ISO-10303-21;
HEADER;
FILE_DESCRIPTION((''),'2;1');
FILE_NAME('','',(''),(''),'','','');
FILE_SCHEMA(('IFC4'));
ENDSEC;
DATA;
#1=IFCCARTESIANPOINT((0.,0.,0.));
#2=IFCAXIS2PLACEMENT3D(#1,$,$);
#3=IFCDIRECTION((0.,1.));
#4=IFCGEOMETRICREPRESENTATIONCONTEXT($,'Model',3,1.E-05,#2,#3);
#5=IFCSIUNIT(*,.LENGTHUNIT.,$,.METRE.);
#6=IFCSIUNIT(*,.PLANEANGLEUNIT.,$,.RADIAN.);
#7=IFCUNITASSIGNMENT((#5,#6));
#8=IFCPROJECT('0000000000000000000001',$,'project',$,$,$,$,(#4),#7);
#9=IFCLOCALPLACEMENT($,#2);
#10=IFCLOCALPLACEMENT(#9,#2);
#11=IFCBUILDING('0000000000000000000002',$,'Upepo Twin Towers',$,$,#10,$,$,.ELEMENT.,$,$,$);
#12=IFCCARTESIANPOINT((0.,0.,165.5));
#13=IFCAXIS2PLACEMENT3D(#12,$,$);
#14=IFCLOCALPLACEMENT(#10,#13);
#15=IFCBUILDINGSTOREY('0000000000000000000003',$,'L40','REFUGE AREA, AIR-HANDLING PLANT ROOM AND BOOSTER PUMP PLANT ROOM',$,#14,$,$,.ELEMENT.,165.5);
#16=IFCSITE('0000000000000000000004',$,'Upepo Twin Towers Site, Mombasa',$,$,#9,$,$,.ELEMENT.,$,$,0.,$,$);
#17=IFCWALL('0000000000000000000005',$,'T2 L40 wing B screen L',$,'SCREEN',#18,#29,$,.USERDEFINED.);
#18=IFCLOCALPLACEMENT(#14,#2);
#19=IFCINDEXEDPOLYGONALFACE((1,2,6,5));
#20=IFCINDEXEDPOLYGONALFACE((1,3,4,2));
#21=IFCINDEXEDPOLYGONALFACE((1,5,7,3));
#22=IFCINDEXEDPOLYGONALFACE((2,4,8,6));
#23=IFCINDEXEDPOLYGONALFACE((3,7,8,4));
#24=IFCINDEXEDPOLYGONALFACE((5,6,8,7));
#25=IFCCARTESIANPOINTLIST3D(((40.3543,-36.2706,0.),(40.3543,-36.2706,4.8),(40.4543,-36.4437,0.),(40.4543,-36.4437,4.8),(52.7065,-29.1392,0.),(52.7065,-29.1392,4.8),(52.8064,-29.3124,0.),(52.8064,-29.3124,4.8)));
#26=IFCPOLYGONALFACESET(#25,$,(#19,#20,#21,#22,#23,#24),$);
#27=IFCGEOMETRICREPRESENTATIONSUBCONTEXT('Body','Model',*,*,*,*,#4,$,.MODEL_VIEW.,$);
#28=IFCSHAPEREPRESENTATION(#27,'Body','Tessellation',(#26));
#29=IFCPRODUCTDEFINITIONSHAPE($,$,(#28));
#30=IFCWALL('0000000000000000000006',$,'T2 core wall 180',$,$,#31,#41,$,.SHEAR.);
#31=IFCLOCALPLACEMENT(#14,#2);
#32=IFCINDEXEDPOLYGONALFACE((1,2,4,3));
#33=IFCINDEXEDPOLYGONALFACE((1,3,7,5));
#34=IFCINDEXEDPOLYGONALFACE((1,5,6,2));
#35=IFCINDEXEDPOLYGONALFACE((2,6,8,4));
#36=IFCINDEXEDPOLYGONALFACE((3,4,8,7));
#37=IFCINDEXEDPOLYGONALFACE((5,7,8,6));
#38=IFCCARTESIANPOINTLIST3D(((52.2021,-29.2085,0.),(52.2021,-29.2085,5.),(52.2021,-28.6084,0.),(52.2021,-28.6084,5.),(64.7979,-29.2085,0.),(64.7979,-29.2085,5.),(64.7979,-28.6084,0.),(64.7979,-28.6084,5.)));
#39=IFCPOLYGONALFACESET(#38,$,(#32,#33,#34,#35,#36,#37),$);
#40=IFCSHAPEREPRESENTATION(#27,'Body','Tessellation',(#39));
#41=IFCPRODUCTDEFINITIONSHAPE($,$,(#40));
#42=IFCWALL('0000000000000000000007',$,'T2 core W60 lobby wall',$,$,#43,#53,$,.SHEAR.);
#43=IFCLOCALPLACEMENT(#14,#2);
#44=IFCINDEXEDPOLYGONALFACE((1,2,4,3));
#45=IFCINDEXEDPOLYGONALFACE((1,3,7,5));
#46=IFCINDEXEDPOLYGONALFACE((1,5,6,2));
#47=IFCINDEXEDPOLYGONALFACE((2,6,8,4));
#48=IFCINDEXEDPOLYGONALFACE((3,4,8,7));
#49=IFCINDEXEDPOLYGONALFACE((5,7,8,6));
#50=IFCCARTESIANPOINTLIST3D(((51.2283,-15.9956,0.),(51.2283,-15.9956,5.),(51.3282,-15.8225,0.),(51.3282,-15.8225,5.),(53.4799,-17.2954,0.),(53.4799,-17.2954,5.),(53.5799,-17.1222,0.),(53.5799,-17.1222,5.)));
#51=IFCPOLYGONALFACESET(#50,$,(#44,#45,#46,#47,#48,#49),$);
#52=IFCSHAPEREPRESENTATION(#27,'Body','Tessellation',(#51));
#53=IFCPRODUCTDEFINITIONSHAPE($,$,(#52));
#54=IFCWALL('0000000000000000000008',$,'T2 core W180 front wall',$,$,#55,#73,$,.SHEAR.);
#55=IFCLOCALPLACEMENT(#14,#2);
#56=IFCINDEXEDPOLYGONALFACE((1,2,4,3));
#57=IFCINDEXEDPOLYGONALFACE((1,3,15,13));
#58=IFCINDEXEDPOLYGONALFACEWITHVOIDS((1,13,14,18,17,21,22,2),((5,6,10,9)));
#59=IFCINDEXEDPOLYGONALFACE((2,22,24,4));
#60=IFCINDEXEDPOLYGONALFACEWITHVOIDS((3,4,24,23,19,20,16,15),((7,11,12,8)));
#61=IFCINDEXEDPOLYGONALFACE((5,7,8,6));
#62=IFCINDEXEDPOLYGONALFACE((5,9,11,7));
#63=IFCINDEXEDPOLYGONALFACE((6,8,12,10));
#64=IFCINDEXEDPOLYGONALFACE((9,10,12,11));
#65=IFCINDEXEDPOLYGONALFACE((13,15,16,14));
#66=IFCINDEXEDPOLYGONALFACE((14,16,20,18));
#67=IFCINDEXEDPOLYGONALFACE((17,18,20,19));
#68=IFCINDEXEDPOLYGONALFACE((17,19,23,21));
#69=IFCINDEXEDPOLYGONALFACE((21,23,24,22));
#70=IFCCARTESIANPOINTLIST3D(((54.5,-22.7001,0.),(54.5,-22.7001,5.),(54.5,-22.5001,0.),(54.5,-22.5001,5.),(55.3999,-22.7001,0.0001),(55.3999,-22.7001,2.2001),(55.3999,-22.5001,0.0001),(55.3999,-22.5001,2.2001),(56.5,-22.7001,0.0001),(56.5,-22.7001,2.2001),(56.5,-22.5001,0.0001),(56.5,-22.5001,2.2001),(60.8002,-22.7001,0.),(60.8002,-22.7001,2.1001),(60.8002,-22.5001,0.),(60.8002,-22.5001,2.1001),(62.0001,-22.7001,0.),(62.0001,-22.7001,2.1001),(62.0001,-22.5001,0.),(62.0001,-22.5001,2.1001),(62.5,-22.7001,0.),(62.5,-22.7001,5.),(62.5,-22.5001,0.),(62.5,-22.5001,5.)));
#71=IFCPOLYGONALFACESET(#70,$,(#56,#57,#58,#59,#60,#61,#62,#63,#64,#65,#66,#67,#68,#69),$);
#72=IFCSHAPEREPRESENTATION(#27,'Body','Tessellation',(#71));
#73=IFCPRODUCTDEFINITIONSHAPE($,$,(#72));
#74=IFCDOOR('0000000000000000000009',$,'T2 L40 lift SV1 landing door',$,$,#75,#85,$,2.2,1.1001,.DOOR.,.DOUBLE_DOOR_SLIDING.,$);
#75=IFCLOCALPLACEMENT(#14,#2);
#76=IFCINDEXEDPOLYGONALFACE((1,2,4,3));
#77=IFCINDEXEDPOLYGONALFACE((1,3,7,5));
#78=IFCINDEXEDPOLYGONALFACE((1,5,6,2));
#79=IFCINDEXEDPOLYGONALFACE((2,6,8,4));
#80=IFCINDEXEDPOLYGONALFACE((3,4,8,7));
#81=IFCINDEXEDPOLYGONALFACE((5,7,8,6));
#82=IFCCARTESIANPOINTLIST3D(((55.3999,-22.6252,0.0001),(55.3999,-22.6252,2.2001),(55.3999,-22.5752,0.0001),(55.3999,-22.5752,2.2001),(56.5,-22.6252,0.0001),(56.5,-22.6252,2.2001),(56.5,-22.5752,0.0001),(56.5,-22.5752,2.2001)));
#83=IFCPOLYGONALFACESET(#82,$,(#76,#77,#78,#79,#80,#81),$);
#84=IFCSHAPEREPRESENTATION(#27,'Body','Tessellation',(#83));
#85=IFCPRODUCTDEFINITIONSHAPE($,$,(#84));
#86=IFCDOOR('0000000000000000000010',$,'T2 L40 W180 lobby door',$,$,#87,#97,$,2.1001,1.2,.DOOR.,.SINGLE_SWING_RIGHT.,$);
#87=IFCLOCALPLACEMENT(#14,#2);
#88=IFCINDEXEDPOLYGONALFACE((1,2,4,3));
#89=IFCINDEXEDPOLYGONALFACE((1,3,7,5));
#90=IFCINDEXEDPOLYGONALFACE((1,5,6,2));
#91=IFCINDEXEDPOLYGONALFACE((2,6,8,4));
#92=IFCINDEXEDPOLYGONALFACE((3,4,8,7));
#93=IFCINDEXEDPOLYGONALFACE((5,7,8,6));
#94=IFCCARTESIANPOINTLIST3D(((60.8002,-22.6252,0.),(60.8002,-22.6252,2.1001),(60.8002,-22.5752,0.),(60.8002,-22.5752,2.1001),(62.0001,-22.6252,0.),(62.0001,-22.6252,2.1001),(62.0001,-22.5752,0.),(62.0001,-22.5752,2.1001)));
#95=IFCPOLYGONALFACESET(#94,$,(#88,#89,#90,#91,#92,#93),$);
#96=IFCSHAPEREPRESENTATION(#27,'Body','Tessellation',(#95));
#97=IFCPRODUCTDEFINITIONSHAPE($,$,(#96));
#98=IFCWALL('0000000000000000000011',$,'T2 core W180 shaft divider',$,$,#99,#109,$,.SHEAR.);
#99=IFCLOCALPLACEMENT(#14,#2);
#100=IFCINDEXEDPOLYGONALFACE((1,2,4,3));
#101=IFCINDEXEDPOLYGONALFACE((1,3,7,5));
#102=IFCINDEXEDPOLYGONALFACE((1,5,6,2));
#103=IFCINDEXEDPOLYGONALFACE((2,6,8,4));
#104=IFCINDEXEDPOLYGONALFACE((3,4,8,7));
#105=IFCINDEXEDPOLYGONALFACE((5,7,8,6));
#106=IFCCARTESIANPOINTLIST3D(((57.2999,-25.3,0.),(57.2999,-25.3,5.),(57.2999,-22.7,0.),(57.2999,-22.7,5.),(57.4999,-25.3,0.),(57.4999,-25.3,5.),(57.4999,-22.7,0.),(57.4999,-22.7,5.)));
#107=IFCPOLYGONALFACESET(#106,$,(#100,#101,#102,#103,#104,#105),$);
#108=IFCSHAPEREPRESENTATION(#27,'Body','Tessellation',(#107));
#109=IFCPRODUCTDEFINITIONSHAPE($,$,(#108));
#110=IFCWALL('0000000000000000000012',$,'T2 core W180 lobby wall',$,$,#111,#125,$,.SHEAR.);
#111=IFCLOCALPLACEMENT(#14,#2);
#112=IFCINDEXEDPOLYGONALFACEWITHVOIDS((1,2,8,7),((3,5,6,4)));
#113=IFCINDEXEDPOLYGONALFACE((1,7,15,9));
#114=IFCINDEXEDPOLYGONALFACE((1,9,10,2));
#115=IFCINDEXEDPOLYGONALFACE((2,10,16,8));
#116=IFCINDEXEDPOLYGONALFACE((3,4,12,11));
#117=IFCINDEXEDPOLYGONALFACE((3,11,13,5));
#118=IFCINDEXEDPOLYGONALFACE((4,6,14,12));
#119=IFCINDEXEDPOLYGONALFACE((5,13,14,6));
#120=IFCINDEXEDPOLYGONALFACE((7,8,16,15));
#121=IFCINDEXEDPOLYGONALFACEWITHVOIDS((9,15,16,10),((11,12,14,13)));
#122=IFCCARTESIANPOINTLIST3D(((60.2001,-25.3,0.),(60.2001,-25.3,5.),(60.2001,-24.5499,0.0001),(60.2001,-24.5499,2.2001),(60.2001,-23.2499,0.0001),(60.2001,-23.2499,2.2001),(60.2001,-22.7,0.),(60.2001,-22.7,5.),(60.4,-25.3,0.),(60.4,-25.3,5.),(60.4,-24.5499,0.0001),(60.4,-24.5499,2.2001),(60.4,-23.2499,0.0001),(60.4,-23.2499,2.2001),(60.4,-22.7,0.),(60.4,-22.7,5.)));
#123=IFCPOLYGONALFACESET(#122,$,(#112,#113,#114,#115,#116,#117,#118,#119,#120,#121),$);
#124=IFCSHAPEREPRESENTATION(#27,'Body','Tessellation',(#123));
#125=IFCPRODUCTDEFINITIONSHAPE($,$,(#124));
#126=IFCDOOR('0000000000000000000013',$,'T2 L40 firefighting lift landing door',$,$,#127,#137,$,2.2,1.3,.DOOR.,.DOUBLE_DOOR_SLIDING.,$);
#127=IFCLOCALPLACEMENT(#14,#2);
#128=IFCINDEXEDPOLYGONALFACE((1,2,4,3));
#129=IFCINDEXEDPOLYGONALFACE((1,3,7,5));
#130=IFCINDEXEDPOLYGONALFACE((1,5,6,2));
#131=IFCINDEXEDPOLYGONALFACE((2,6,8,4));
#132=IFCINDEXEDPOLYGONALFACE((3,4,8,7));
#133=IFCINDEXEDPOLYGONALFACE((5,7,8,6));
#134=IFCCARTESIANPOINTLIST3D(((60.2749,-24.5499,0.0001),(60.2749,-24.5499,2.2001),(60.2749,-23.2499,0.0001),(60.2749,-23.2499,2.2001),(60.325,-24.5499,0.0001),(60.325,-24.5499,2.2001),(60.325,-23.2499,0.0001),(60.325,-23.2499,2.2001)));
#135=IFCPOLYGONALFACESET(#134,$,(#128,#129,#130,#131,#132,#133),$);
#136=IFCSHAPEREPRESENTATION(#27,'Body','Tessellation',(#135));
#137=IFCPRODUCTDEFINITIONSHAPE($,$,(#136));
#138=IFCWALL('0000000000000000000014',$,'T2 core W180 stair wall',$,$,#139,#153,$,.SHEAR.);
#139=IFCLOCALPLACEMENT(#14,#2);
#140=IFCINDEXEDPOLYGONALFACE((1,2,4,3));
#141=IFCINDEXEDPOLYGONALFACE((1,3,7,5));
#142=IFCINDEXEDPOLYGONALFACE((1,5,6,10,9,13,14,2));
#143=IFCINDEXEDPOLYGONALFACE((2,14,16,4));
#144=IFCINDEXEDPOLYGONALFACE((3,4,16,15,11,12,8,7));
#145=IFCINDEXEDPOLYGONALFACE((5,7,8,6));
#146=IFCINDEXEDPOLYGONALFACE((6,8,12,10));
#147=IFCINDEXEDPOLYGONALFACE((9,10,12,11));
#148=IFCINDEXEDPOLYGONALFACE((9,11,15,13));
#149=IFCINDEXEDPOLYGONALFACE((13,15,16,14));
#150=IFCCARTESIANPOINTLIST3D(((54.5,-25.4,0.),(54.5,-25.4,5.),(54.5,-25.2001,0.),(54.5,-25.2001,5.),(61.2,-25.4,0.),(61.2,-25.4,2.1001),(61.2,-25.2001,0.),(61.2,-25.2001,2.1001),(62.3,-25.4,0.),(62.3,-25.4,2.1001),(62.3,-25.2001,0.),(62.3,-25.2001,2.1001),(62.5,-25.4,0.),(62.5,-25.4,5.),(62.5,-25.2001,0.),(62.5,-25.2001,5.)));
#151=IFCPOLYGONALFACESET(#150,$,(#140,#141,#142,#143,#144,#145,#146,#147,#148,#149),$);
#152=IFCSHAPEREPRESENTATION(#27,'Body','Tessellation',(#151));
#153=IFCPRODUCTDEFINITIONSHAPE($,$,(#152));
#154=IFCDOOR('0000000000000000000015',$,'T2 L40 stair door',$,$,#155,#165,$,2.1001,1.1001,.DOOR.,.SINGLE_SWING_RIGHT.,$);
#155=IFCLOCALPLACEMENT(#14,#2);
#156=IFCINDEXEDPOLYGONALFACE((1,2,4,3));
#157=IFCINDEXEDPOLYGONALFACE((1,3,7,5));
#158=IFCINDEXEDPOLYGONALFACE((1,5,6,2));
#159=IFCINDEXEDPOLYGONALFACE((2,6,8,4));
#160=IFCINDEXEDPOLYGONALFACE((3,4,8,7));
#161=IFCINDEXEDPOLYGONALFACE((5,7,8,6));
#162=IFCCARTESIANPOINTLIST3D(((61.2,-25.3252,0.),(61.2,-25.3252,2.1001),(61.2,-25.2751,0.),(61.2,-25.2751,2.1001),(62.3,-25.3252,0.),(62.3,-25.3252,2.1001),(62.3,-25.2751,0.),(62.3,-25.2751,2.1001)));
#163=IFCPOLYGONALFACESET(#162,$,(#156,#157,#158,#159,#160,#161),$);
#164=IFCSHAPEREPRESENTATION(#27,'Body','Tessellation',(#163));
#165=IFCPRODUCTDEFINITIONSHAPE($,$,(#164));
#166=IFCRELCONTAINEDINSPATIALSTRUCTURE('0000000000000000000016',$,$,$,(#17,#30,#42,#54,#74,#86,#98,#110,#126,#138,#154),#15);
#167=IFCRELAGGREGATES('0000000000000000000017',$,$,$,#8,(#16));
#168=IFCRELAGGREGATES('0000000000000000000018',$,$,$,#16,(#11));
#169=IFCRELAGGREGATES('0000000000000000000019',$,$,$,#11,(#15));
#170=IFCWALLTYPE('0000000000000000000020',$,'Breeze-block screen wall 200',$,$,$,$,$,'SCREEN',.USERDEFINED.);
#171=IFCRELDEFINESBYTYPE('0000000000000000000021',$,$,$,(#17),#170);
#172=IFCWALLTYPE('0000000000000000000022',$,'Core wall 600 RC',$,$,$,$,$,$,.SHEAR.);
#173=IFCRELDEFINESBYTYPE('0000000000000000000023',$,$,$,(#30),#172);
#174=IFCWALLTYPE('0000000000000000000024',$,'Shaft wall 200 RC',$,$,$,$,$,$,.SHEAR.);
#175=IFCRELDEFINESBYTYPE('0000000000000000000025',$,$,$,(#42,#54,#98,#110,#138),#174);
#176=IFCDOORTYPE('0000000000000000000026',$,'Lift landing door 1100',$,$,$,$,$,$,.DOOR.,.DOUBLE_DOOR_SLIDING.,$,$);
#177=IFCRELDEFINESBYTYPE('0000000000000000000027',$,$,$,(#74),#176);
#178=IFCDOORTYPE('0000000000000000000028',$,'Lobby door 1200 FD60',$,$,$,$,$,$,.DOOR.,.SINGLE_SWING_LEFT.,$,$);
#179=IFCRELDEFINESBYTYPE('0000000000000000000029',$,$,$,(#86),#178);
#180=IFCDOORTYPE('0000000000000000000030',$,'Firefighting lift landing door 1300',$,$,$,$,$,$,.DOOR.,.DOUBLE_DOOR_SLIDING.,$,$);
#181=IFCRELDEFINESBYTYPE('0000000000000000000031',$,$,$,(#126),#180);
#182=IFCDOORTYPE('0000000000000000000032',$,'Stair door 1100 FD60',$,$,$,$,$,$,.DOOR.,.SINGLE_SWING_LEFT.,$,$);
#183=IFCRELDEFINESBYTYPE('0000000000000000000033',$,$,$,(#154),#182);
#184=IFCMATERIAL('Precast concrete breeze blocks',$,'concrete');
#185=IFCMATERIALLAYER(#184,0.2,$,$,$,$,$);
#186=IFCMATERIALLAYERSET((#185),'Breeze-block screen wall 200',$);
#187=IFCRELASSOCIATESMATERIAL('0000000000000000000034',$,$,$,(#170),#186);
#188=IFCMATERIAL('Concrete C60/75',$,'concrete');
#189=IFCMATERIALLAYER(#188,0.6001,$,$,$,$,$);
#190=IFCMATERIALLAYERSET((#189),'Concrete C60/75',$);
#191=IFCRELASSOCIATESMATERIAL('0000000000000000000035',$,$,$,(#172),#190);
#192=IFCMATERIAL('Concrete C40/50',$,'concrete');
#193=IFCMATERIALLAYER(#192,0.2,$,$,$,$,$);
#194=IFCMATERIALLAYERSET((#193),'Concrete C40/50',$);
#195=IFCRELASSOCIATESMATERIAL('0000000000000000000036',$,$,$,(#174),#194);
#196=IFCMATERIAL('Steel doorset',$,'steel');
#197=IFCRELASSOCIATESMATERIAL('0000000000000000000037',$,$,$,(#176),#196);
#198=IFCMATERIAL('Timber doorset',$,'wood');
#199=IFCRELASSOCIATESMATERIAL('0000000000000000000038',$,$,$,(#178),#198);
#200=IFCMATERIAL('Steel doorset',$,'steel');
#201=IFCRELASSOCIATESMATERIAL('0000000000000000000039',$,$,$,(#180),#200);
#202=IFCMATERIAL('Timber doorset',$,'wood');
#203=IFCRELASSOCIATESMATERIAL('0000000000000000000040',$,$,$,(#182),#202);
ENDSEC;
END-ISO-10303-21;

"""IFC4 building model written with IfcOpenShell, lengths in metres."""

from ifc_helpers import new_model, si_unit, direction, frame, frame_2d, origin, place, context, subcontext, project, spatial, rectangle, extrude, material, layer, layer_set, type_object, element, fill, save


model = new_model("IFC4")

# Units and contexts
model_context = context("Model", 3, precision=1e-05, world=origin(), true_north=direction((0.0, 1.0)))
body_context = subcontext(model_context, "Body", "Model", "MODEL_VIEW")
ifc_project = project(units=[si_unit("LENGTHUNIT", "METRE"), si_unit("PLANEANGLEUNIT", "RADIAN")], contexts=[model_context])

# Site, building, storey
site_placement = place(None, origin())
site = spatial("IfcSite", under=ifc_project, at=site_placement, Name="Upepo Twin Towers Site, Mombasa", CompositionType="ELEMENT", RefElevation=0.0)
building_placement = place(site_placement, origin())
building = spatial("IfcBuilding", under=site, at=building_placement, Name="Upepo Twin Towers", CompositionType="ELEMENT")
storey_placement = place(building_placement, frame((0.0, 0.0, 165.5)))
storey = spatial("IfcBuildingStorey", under=building, at=storey_placement, Name="L40", Description="REFUGE AREA, AIR-HANDLING PLANT ROOM AND BOOSTER PUMP PLANT ROOM", CompositionType="ELEMENT", Elevation=165.5)

# Walls
ifc_material_1 = material(Name="Precast concrete breeze blocks", Category="concrete")
ifc_layer_1 = layer(ifc_material_1, 0.2)
ifc_layer_set_1 = layer_set([ifc_layer_1], Name="Breeze-block screen wall 200")
wall_type_1 = type_object("IfcWallType", Name="Breeze-block screen wall 200", ElementType="SCREEN", PredefinedType="USERDEFINED", material=ifc_layer_set_1)
wall_1_placement = place(storey_placement, frame((52.7563, -29.2258, 0.0), z_axis=(0.0, 0.0, 1.0), x_axis=(-0.866029, -0.499994, 0.0)))
element("IfcWall", 1, at=wall_1_placement, inside=storey, type_object=wall_type_1, Name="T2 L40 wing B screen L", ObjectType="SCREEN", PredefinedType="USERDEFINED", context=body_context, shape_type="SweptSolid", body=[
    extrude(rectangle(XDim=14.2629, YDim=0.2, at=frame_2d((7.1313, 0.0))), origin(), (0.0, 0.0, 1.0), 4.8),
])
ifc_material_2 = material(Name="Concrete C60/75", Category="concrete")
ifc_layer_2 = layer(ifc_material_2, 0.6001)
ifc_layer_set_2 = layer_set([ifc_layer_2], Name="Concrete C60/75")
wall_type_2 = type_object("IfcWallType", Name="Core wall 600 RC", PredefinedType="SHEAR", material=ifc_layer_set_2)
wall_2_placement = place(storey_placement, frame((52.2021, -28.9084, 0.0), z_axis=(0.0, 0.0, 1.0), x_axis=(1.0, 0.0, 0.0)))
element("IfcWall", 2, at=wall_2_placement, inside=storey, type_object=wall_type_2, Name="T2 core wall 180", PredefinedType="SHEAR", context=body_context, shape_type="SweptSolid", body=[
    extrude(rectangle(XDim=12.5957, YDim=0.6001, at=frame_2d((6.2979, 0.0))), origin(), (0.0, 0.0, 1.0), 5.0),
])
ifc_material_3 = material(Name="Concrete C40/50", Category="concrete")
ifc_layer_3 = layer(ifc_material_3, 0.2)
ifc_layer_set_3 = layer_set([ifc_layer_3], Name="Concrete C40/50")
wall_type_3 = type_object("IfcWallType", Name="Shaft wall 200 RC", PredefinedType="SHEAR", material=ifc_layer_set_3)
wall_3_placement = place(storey_placement, frame((53.5298, -17.2087, 0.0), z_axis=(0.0, 0.0, 1.0), x_axis=(-0.866062, 0.499937, 0.0)))
element("IfcWall", 3, at=wall_3_placement, inside=storey, type_object=wall_type_3, Name="T2 core W60 lobby wall", PredefinedType="SHEAR", context=body_context, shape_type="SweptSolid", body=[
    extrude(rectangle(XDim=2.5999, YDim=0.2, at=frame_2d((1.2998, 0.0))), origin(), (0.0, 0.0, 1.0), 5.0),
])

# Wall, openings, doors
wall_4_placement = place(storey_placement, frame((54.5, -22.6001, 0.0), z_axis=(0.0, 0.0, 1.0), x_axis=(1.0, 0.0, 0.0)))
wall_4 = element("IfcWall", 4, at=wall_4_placement, inside=storey, type_object=wall_type_3, Name="T2 core W180 front wall", PredefinedType="SHEAR", context=body_context, shape_type="SweptSolid", body=[
    extrude(rectangle(XDim=8.0, YDim=0.2, at=frame_2d((4.0, 0.0))), origin(), (0.0, 0.0, 1.0), 5.0),
])
opening_1_placement = place(wall_4_placement, frame((6.3, 0.0, 0.0)))
opening_1 = element("IfcOpeningElement", 5, at=opening_1_placement, cuts=wall_4, PredefinedType="OPENING", context=body_context, shape_type="SweptSolid", body=[
    extrude(rectangle(XDim=1.2, YDim=2.1001, at=frame_2d((0.6001, 1.05))), frame((0.0, 0.1099, 0.0), z_axis=(0.0, -1.0, 0.0), x_axis=(1.0, 0.0, 0.0)), (0.0, 0.0, 1.0), 0.22),
])
opening_2_placement = place(wall_4_placement, frame((0.8999, 0.0, 0.0)))
opening_2 = element("IfcOpeningElement", 6, at=opening_2_placement, cuts=wall_4, PredefinedType="OPENING", context=body_context, shape_type="SweptSolid", body=[
    extrude(rectangle(XDim=1.1001, YDim=2.2, at=frame_2d((0.55, 1.1001))), frame((0.0, 0.1099, 0.0), z_axis=(0.0, -1.0, 0.0), x_axis=(1.0, 0.0, 0.0)), (0.0, 0.0, 1.0), 0.22),
])
ifc_material_4 = material(Name="Steel doorset", Category="steel")
door_type_1 = type_object("IfcDoorType", Name="Lift landing door 1100", OperationType="DOUBLE_DOOR_SLIDING", PredefinedType="DOOR", material=ifc_material_4)
door_1_placement = place(opening_2_placement, origin())
door_1 = element("IfcDoor", 7, at=door_1_placement, inside=storey, type_object=door_type_1, Name="T2 L40 lift SV1 landing door", OperationType="DOUBLE_DOOR_SLIDING", OverallHeight=2.2, OverallWidth=1.1001, PredefinedType="DOOR", context=body_context, shape_type="SweptSolid", body=[
    extrude(rectangle(XDim=1.1001, YDim=2.2, at=frame_2d((0.55, 1.1001))), frame((0.0, 0.0249, 0.0), z_axis=(0.0, -1.0, 0.0), x_axis=(1.0, 0.0, 0.0)), (0.0, 0.0, 1.0), 0.05),
])
fill(opening_2, door_1)
ifc_material_5 = material(Name="Timber doorset", Category="wood")
door_type_2 = type_object("IfcDoorType", Name="Lobby door 1200 FD60", OperationType="SINGLE_SWING_LEFT", PredefinedType="DOOR", material=ifc_material_5)
door_2_placement = place(opening_1_placement, origin())
door_2 = element("IfcDoor", 8, at=door_2_placement, inside=storey, type_object=door_type_2, Name="T2 L40 W180 lobby door", OperationType="SINGLE_SWING_RIGHT", OverallHeight=2.1001, OverallWidth=1.2, PredefinedType="DOOR", context=body_context, shape_type="SweptSolid", body=[
    extrude(rectangle(XDim=1.2, YDim=2.1001, at=frame_2d((0.6001, 1.05))), frame((0.0, 0.0249, 0.0), z_axis=(0.0, -1.0, 0.0), x_axis=(1.0, 0.0, 0.0)), (0.0, 0.0, 1.0), 0.05),
])
fill(opening_1, door_2)

# Wall
wall_5_placement = place(storey_placement, frame((57.3999, -22.7, 0.0), z_axis=(0.0, 0.0, 1.0), x_axis=(0.0, -1.0, 0.0)))
element("IfcWall", 9, at=wall_5_placement, inside=storey, type_object=wall_type_3, Name="T2 core W180 shaft divider", PredefinedType="SHEAR", context=body_context, shape_type="SweptSolid", body=[
    extrude(rectangle(XDim=2.6001, YDim=0.2, at=frame_2d((1.3, 0.0))), origin(), (0.0, 0.0, 1.0), 5.0),
])

# Walls, openings, doors
wall_6_placement = place(storey_placement, frame((60.3, -22.7, 0.0), z_axis=(0.0, 0.0, 1.0), x_axis=(0.0, -1.0, 0.0)))
wall_6 = element("IfcWall", 10, at=wall_6_placement, inside=storey, type_object=wall_type_3, Name="T2 core W180 lobby wall", PredefinedType="SHEAR", context=body_context, shape_type="SweptSolid", body=[
    extrude(rectangle(XDim=2.6001, YDim=0.2, at=frame_2d((1.3, 0.0))), origin(), (0.0, 0.0, 1.0), 5.0),
])
opening_3_placement = place(wall_6_placement, frame((0.55, 0.0, 0.0)))
opening_3 = element("IfcOpeningElement", 11, at=opening_3_placement, cuts=wall_6, PredefinedType="OPENING", context=body_context, shape_type="SweptSolid", body=[
    extrude(rectangle(XDim=1.3, YDim=2.2, at=frame_2d((0.6499, 1.1001))), frame((0.0, 0.1099, 0.0), z_axis=(0.0, -1.0, 0.0), x_axis=(1.0, 0.0, 0.0)), (0.0, 0.0, 1.0), 0.22),
])
ifc_material_6 = material(Name="Steel doorset", Category="steel")
door_type_3 = type_object("IfcDoorType", Name="Firefighting lift landing door 1300", OperationType="DOUBLE_DOOR_SLIDING", PredefinedType="DOOR", material=ifc_material_6)
door_3_placement = place(opening_3_placement, origin())
door_3 = element("IfcDoor", 12, at=door_3_placement, inside=storey, type_object=door_type_3, Name="T2 L40 firefighting lift landing door", OperationType="DOUBLE_DOOR_SLIDING", OverallHeight=2.2, OverallWidth=1.3, PredefinedType="DOOR", context=body_context, shape_type="SweptSolid", body=[
    extrude(rectangle(XDim=1.3, YDim=2.2, at=frame_2d((0.6499, 1.1001))), frame((0.0, 0.0249, 0.0), z_axis=(0.0, -1.0, 0.0), x_axis=(1.0, 0.0, 0.0)), (0.0, 0.0, 1.0), 0.05),
])
fill(opening_3, door_3)
wall_7_placement = place(storey_placement, frame((54.5, -25.3, 0.0), z_axis=(0.0, 0.0, 1.0), x_axis=(1.0, 0.0, 0.0)))
wall_7 = element("IfcWall", 13, at=wall_7_placement, inside=storey, type_object=wall_type_3, Name="T2 core W180 stair wall", PredefinedType="SHEAR", context=body_context, shape_type="SweptSolid", body=[
    extrude(rectangle(XDim=8.0, YDim=0.2, at=frame_2d((4.0, 0.0))), origin(), (0.0, 0.0, 1.0), 5.0),
])
opening_4_placement = place(wall_7_placement, frame((6.7, 0.0, 0.0)))
opening_4 = element("IfcOpeningElement", 14, at=opening_4_placement, cuts=wall_7, PredefinedType="OPENING", context=body_context, shape_type="SweptSolid", body=[
    extrude(rectangle(XDim=1.1001, YDim=2.1001, at=frame_2d((0.55, 1.05))), frame((0.0, 0.1099, 0.0), z_axis=(0.0, -1.0, 0.0), x_axis=(1.0, 0.0, 0.0)), (0.0, 0.0, 1.0), 0.22),
])
ifc_material_7 = material(Name="Timber doorset", Category="wood")
door_type_4 = type_object("IfcDoorType", Name="Stair door 1100 FD60", OperationType="SINGLE_SWING_LEFT", PredefinedType="DOOR", material=ifc_material_7)
door_4_placement = place(opening_4_placement, origin())
door_4 = element("IfcDoor", 15, at=door_4_placement, inside=storey, type_object=door_type_4, Name="T2 L40 stair door", OperationType="SINGLE_SWING_RIGHT", OverallHeight=2.1001, OverallWidth=1.1001, PredefinedType="DOOR", context=body_context, shape_type="SweptSolid", body=[
    extrude(rectangle(XDim=1.1001, YDim=2.1001, at=frame_2d((0.55, 1.05))), frame((0.0, 0.0249, 0.0), z_axis=(0.0, -1.0, 0.0), x_axis=(1.0, 0.0, 0.0)), (0.0, 0.0, 1.0), 0.05),
])
fill(opening_4, door_4)

save(model, "model.ifc")
